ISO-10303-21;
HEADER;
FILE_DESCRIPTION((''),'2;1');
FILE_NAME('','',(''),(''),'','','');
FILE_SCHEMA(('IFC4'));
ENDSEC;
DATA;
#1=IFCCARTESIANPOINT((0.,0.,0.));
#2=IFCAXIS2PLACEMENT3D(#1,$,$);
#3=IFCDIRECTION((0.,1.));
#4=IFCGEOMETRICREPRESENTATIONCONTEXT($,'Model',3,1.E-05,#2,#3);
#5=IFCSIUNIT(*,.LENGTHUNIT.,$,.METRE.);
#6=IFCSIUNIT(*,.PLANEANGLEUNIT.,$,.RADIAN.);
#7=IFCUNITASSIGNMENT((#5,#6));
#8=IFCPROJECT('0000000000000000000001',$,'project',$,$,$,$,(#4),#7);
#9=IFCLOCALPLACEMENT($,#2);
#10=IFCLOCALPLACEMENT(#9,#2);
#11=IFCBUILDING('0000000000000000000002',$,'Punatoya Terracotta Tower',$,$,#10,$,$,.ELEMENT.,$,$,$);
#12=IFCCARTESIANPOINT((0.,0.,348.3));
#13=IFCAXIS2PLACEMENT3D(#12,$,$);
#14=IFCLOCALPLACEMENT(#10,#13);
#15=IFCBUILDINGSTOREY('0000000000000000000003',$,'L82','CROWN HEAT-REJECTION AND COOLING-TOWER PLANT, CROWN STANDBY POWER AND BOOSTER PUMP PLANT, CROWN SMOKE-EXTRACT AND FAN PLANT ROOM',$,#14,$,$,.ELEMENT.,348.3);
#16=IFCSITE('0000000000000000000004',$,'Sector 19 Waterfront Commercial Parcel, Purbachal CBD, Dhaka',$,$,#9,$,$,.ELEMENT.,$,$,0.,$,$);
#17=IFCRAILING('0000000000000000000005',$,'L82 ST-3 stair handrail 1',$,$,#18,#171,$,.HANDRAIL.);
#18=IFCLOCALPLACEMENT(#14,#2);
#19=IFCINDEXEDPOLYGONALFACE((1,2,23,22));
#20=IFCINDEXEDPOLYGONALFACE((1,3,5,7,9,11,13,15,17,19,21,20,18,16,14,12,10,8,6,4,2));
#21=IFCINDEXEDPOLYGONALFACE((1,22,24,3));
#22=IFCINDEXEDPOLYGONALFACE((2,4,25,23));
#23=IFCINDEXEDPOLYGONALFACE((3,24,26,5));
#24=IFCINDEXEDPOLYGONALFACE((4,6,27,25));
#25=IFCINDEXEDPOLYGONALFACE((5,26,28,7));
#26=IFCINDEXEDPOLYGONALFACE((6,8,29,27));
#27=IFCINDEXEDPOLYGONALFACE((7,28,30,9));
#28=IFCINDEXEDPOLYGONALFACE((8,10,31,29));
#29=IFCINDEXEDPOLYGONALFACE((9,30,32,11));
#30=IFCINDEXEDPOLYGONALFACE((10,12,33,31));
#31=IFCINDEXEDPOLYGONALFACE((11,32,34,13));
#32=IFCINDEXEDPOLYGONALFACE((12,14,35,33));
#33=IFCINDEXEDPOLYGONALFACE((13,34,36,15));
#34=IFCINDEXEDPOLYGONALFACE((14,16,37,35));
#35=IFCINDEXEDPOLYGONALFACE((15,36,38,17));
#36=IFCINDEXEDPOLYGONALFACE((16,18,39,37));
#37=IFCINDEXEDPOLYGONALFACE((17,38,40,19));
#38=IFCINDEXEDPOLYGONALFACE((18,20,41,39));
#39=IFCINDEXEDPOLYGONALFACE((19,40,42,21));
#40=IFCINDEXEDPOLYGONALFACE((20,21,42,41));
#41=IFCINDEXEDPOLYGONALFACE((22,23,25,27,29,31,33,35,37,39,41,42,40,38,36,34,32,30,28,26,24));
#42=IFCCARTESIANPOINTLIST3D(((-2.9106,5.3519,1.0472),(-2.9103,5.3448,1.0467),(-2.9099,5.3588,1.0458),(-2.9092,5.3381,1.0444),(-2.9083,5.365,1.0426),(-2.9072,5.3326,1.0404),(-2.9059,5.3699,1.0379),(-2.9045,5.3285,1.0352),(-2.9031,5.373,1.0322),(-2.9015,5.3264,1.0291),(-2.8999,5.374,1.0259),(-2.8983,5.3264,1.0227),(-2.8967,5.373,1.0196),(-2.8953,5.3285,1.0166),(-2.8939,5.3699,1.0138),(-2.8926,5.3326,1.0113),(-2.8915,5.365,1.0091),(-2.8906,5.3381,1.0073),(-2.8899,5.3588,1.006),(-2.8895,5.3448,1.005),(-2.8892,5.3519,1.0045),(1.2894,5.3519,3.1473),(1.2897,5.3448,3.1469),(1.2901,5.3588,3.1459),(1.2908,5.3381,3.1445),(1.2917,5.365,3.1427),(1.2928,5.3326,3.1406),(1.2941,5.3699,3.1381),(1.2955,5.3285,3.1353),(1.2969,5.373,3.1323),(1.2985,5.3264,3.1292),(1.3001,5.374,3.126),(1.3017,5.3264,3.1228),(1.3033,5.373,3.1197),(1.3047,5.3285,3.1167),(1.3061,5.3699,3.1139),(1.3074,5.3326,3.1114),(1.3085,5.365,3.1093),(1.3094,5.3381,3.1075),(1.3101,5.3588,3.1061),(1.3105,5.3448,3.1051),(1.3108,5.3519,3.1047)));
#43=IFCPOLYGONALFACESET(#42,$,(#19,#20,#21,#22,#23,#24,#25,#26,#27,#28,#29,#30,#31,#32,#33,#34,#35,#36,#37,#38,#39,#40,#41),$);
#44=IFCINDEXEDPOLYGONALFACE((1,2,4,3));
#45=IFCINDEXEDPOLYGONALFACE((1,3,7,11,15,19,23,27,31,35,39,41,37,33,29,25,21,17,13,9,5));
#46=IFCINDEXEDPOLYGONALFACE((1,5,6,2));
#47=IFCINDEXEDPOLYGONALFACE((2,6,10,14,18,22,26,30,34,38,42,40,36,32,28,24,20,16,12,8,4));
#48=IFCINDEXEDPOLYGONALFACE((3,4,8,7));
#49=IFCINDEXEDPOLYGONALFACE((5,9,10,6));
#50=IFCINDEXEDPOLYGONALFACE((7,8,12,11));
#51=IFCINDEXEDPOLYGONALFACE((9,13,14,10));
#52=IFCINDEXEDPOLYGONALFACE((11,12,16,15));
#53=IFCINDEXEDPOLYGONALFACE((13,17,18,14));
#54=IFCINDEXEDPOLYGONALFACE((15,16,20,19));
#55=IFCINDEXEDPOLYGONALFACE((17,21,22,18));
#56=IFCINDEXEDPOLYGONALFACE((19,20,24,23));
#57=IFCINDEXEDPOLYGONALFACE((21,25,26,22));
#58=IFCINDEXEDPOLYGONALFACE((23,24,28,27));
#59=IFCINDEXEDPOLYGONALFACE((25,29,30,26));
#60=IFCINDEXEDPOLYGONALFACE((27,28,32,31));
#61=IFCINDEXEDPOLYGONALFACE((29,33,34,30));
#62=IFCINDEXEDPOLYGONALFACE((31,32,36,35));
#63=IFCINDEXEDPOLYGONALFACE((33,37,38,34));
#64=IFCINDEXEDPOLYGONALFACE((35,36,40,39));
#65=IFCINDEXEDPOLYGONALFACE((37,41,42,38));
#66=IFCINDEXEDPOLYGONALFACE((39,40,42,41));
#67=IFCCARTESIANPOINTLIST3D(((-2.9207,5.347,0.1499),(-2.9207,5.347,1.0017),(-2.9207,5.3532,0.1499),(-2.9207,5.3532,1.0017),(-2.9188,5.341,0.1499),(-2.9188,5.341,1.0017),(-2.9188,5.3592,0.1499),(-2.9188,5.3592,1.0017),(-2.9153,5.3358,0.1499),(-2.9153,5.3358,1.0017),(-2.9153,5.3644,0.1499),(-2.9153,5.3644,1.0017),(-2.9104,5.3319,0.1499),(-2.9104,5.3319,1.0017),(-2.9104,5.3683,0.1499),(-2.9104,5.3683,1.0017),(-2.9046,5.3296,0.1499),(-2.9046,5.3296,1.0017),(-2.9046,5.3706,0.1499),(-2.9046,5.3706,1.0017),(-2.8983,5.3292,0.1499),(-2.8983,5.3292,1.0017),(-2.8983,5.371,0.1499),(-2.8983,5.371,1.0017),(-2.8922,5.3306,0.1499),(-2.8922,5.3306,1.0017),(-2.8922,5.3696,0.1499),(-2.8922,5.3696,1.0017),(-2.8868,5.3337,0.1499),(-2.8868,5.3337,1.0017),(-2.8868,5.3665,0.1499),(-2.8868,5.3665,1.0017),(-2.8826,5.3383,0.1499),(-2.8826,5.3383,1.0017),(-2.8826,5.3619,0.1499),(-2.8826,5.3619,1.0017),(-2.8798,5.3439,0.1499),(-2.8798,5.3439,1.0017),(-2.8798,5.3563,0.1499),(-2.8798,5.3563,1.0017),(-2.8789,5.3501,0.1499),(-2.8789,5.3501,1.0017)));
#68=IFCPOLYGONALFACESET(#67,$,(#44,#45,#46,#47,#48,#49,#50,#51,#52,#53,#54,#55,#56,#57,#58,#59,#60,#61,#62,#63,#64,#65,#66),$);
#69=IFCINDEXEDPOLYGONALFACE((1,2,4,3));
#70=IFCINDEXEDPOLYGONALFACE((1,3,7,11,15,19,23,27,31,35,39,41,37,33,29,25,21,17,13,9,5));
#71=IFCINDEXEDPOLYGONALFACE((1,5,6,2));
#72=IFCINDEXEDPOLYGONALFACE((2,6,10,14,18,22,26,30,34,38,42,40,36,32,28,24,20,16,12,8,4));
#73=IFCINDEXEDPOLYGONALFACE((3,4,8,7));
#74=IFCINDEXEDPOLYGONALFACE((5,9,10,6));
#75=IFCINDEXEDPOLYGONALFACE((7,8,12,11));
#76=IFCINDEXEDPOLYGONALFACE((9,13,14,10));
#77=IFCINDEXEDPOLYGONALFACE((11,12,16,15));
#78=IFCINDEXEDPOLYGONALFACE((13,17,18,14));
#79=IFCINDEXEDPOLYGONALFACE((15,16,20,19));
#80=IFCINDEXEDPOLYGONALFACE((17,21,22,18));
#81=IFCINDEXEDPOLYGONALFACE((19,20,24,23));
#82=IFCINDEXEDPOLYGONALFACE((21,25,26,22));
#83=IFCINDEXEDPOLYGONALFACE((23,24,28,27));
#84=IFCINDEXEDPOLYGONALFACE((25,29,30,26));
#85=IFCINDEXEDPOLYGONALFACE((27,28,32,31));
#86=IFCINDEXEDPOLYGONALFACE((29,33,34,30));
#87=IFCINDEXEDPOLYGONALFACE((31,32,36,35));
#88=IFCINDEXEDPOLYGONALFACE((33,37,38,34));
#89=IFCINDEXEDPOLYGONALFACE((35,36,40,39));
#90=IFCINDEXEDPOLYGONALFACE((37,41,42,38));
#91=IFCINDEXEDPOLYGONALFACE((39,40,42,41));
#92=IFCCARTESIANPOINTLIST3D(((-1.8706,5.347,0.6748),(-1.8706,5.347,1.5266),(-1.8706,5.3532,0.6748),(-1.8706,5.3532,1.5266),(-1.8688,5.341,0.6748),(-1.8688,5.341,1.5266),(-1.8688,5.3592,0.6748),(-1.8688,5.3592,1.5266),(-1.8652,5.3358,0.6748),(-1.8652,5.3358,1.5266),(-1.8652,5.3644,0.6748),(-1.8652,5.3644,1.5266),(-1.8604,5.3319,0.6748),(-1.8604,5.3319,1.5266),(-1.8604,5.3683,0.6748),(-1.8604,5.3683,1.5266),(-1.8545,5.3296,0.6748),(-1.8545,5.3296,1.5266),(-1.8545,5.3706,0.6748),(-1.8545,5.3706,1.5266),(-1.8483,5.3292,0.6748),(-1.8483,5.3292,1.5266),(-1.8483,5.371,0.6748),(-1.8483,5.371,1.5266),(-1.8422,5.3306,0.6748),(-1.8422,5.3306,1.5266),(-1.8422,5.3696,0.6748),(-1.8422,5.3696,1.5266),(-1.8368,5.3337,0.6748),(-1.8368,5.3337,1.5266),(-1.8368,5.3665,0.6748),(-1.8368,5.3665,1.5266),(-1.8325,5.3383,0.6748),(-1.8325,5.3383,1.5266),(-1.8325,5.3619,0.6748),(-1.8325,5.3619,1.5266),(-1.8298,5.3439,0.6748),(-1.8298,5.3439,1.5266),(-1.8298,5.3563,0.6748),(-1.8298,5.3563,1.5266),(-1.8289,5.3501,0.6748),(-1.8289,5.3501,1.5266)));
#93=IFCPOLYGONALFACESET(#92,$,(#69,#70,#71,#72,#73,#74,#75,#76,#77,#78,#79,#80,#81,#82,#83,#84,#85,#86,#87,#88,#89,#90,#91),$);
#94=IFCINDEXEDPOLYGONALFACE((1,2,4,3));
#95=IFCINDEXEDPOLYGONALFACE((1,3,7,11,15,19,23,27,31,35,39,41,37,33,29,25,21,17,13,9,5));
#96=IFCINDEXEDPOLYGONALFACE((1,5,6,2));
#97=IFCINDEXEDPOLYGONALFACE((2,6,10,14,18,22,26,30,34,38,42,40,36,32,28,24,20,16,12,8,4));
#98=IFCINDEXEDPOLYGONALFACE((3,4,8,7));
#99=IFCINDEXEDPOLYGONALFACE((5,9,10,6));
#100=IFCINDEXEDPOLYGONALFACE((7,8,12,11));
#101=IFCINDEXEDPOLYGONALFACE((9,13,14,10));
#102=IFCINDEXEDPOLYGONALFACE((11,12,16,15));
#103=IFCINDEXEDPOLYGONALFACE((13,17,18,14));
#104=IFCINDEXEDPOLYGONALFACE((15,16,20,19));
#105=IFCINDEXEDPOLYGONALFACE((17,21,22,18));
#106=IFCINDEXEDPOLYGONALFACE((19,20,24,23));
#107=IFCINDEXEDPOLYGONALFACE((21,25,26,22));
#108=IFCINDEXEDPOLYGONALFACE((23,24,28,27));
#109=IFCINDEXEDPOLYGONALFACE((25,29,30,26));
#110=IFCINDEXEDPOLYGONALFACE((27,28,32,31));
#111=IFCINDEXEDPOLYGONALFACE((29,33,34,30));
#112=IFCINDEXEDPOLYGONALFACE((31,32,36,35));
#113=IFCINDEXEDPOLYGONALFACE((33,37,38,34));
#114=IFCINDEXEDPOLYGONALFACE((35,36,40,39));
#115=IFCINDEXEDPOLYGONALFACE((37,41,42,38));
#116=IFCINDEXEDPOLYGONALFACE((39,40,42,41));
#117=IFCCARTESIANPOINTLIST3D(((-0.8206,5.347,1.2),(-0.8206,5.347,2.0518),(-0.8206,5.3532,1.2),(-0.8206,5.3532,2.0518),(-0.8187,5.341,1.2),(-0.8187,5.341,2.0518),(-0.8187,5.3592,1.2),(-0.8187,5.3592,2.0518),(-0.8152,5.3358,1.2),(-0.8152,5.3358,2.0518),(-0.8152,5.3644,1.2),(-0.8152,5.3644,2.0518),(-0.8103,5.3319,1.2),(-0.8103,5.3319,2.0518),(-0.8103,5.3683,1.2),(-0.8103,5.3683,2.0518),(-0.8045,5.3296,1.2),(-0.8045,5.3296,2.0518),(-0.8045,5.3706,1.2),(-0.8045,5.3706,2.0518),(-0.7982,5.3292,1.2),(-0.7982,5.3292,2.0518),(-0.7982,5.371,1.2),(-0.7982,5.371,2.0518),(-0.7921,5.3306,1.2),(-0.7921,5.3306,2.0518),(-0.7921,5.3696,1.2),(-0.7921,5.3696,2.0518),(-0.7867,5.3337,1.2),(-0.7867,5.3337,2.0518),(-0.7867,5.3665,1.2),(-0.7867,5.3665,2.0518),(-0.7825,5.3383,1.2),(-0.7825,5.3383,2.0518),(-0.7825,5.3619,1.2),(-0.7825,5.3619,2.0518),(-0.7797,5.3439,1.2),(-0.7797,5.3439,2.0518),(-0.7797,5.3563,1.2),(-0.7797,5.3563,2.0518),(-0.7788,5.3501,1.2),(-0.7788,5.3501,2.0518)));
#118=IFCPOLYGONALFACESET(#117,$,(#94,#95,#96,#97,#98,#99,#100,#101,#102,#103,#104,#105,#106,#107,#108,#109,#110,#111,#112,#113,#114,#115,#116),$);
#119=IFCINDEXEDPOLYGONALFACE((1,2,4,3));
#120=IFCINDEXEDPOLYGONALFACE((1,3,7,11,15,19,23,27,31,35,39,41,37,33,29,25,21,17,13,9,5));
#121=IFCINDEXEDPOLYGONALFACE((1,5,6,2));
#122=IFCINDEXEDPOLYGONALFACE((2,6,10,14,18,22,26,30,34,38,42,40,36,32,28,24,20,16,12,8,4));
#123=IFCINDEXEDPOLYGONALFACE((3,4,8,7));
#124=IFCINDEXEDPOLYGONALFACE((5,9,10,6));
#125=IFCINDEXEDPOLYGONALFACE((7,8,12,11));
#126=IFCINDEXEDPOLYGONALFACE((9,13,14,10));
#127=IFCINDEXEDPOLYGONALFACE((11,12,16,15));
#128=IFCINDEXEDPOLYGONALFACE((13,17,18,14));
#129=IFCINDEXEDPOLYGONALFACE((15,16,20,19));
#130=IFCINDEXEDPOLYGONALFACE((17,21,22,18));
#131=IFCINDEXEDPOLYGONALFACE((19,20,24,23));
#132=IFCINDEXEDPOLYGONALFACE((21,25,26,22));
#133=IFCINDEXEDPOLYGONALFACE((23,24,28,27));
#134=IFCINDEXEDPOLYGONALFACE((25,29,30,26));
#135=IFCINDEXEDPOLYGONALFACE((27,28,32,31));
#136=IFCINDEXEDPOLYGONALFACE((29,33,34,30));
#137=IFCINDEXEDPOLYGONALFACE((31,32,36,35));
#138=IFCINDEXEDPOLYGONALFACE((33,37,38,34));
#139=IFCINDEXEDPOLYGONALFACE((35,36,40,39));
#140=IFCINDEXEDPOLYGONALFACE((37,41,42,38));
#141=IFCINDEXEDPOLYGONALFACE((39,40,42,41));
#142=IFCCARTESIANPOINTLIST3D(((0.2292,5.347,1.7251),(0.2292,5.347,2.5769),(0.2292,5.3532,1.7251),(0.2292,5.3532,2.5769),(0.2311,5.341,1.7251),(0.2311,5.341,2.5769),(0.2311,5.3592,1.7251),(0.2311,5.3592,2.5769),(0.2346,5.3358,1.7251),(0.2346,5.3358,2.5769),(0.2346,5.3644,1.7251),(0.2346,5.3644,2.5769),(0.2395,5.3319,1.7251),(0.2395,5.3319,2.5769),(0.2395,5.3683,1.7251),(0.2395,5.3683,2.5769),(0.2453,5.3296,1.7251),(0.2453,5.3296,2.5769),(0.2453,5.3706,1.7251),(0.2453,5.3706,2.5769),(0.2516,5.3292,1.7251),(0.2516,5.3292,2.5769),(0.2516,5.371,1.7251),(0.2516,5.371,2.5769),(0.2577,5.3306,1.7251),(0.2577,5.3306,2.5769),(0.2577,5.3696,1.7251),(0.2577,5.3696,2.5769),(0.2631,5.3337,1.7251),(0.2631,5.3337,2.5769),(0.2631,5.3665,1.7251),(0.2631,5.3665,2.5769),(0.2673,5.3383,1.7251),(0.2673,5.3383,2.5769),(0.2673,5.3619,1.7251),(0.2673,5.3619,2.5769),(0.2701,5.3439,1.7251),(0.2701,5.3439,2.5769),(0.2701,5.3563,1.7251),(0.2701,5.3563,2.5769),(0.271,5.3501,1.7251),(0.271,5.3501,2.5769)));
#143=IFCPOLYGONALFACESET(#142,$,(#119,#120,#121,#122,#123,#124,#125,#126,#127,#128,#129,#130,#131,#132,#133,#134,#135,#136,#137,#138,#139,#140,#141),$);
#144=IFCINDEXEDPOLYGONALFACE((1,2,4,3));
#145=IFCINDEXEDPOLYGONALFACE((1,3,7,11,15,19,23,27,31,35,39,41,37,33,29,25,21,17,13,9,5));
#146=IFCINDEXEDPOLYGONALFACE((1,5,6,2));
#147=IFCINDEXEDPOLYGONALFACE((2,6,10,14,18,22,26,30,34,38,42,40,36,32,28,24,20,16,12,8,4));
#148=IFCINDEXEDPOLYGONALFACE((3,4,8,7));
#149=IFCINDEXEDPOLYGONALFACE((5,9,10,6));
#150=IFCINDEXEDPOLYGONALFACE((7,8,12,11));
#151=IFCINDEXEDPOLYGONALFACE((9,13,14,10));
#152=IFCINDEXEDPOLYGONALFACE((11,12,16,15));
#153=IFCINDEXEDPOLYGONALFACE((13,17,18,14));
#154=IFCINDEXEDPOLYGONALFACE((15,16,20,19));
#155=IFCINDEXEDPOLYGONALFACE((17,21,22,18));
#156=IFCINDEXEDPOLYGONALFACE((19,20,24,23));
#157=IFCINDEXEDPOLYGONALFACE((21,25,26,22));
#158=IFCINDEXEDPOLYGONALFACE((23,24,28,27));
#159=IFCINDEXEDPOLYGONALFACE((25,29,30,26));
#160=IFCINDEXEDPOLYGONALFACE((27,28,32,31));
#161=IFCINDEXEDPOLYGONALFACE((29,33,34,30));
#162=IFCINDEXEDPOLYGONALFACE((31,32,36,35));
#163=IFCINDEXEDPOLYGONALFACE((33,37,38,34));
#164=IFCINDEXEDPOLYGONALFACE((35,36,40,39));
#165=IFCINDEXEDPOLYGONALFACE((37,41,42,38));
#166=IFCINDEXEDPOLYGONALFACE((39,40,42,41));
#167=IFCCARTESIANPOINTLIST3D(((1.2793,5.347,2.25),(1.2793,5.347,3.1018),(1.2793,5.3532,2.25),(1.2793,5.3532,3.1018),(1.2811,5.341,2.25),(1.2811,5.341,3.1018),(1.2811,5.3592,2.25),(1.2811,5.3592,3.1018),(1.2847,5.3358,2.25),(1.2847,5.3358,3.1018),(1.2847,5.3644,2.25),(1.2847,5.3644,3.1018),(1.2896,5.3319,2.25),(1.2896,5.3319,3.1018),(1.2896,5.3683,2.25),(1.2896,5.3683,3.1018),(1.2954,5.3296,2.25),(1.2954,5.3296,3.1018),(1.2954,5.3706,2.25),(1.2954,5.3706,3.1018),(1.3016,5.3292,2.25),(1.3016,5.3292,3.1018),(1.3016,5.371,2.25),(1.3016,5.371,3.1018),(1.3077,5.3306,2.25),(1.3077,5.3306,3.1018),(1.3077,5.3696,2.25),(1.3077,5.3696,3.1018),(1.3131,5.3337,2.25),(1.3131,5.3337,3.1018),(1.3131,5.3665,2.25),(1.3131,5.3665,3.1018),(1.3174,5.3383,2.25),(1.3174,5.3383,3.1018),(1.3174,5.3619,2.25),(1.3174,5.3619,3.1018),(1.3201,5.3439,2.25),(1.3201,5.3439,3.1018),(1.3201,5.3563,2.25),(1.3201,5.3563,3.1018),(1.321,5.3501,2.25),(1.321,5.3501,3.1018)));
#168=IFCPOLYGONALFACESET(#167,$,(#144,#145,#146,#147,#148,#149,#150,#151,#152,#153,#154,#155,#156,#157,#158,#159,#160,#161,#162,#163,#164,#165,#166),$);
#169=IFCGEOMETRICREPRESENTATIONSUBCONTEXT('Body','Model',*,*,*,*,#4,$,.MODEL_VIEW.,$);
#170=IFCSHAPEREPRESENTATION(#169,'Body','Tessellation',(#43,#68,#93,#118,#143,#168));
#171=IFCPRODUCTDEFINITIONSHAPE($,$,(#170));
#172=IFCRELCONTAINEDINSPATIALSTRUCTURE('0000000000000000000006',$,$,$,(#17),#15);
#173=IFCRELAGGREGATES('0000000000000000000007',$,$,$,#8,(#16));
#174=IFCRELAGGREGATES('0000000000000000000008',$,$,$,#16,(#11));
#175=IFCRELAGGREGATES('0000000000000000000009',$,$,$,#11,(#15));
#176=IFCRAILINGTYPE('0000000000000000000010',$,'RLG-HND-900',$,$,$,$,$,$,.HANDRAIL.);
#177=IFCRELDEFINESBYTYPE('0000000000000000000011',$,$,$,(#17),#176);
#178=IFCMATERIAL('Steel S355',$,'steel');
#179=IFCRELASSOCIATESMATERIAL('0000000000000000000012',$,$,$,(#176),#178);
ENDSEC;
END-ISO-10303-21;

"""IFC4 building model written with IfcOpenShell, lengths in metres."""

from ifc_helpers import new_model, si_unit, direction, frame, origin, origin_2d, place, context, subcontext, project, spatial, circle, extrude, material, type_object, element, save


model = new_model("IFC4")

# Units and contexts
model_context = context("Model", 3, precision=1e-05, world=origin(), true_north=direction((0.0, 1.0)))
body_context = subcontext(model_context, "Body", "Model", "MODEL_VIEW")
ifc_project = project(units=[si_unit("LENGTHUNIT", "METRE"), si_unit("PLANEANGLEUNIT", "RADIAN")], contexts=[model_context])

# Site, building, storey
site_placement = place(None, origin())
site = spatial("IfcSite", under=ifc_project, at=site_placement, Name="Sector 19 Waterfront Commercial Parcel, Purbachal CBD, Dhaka", CompositionType="ELEMENT", RefElevation=0.0)
building_placement = place(site_placement, origin())
building = spatial("IfcBuilding", under=site, at=building_placement, Name="Punatoya Terracotta Tower", CompositionType="ELEMENT")
storey_placement = place(building_placement, frame((0.0, 0.0, 348.3)))
storey = spatial("IfcBuildingStorey", under=building, at=storey_placement, Name="L82", Description="CROWN HEAT-REJECTION AND COOLING-TOWER PLANT, CROWN STANDBY POWER AND BOOSTER PUMP PLANT, CROWN SMOKE-EXTRACT AND FAN PLANT ROOM", CompositionType="ELEMENT", Elevation=348.3)

# Shared definitions
ifc_material_1 = material(Name="Steel S355", Category="steel")

# Railing
railing_type_1 = type_object("IfcRailingType", Name="RLG-HND-900", PredefinedType="HANDRAIL", material=ifc_material_1)
railing_1_placement = place(storey_placement, frame((-2.8999, 5.3501, 0.1499)))
element("IfcRailing", 1, at=railing_1_placement, inside=storey, type_object=railing_type_1, Name="L82 ST-3 stair handrail 1", PredefinedType="HANDRAIL", context=body_context, shape_type="SweptSolid", body=[
    extrude(circle(Radius=0.0239, at=origin_2d()), frame((0.0, 0.0, 0.876), z_axis=(0.894417, 0.0, 0.447234), x_axis=(0.0, 1.0, 0.0)), (0.0, 0.0, 1.0), 4.6958),
    extrude(circle(Radius=0.021, at=origin_2d()), origin(), (0.0, 0.0, 1.0), 0.8518),
    extrude(circle(Radius=0.021, at=origin_2d()), frame((1.05, 0.0, 0.5249)), (0.0, 0.0, 1.0), 0.8518),
    extrude(circle(Radius=0.021, at=origin_2d()), frame((2.1001, 0.0, 1.05)), (0.0, 0.0, 1.0), 0.8518),
    extrude(circle(Radius=0.021, at=origin_2d()), frame((3.1499, 0.0, 1.5752)), (0.0, 0.0, 1.0), 0.8518),
    extrude(circle(Radius=0.021, at=origin_2d()), frame((4.2, 0.0, 2.1001)), (0.0, 0.0, 1.0), 0.8518),
])

save(model, "model.ifc")
